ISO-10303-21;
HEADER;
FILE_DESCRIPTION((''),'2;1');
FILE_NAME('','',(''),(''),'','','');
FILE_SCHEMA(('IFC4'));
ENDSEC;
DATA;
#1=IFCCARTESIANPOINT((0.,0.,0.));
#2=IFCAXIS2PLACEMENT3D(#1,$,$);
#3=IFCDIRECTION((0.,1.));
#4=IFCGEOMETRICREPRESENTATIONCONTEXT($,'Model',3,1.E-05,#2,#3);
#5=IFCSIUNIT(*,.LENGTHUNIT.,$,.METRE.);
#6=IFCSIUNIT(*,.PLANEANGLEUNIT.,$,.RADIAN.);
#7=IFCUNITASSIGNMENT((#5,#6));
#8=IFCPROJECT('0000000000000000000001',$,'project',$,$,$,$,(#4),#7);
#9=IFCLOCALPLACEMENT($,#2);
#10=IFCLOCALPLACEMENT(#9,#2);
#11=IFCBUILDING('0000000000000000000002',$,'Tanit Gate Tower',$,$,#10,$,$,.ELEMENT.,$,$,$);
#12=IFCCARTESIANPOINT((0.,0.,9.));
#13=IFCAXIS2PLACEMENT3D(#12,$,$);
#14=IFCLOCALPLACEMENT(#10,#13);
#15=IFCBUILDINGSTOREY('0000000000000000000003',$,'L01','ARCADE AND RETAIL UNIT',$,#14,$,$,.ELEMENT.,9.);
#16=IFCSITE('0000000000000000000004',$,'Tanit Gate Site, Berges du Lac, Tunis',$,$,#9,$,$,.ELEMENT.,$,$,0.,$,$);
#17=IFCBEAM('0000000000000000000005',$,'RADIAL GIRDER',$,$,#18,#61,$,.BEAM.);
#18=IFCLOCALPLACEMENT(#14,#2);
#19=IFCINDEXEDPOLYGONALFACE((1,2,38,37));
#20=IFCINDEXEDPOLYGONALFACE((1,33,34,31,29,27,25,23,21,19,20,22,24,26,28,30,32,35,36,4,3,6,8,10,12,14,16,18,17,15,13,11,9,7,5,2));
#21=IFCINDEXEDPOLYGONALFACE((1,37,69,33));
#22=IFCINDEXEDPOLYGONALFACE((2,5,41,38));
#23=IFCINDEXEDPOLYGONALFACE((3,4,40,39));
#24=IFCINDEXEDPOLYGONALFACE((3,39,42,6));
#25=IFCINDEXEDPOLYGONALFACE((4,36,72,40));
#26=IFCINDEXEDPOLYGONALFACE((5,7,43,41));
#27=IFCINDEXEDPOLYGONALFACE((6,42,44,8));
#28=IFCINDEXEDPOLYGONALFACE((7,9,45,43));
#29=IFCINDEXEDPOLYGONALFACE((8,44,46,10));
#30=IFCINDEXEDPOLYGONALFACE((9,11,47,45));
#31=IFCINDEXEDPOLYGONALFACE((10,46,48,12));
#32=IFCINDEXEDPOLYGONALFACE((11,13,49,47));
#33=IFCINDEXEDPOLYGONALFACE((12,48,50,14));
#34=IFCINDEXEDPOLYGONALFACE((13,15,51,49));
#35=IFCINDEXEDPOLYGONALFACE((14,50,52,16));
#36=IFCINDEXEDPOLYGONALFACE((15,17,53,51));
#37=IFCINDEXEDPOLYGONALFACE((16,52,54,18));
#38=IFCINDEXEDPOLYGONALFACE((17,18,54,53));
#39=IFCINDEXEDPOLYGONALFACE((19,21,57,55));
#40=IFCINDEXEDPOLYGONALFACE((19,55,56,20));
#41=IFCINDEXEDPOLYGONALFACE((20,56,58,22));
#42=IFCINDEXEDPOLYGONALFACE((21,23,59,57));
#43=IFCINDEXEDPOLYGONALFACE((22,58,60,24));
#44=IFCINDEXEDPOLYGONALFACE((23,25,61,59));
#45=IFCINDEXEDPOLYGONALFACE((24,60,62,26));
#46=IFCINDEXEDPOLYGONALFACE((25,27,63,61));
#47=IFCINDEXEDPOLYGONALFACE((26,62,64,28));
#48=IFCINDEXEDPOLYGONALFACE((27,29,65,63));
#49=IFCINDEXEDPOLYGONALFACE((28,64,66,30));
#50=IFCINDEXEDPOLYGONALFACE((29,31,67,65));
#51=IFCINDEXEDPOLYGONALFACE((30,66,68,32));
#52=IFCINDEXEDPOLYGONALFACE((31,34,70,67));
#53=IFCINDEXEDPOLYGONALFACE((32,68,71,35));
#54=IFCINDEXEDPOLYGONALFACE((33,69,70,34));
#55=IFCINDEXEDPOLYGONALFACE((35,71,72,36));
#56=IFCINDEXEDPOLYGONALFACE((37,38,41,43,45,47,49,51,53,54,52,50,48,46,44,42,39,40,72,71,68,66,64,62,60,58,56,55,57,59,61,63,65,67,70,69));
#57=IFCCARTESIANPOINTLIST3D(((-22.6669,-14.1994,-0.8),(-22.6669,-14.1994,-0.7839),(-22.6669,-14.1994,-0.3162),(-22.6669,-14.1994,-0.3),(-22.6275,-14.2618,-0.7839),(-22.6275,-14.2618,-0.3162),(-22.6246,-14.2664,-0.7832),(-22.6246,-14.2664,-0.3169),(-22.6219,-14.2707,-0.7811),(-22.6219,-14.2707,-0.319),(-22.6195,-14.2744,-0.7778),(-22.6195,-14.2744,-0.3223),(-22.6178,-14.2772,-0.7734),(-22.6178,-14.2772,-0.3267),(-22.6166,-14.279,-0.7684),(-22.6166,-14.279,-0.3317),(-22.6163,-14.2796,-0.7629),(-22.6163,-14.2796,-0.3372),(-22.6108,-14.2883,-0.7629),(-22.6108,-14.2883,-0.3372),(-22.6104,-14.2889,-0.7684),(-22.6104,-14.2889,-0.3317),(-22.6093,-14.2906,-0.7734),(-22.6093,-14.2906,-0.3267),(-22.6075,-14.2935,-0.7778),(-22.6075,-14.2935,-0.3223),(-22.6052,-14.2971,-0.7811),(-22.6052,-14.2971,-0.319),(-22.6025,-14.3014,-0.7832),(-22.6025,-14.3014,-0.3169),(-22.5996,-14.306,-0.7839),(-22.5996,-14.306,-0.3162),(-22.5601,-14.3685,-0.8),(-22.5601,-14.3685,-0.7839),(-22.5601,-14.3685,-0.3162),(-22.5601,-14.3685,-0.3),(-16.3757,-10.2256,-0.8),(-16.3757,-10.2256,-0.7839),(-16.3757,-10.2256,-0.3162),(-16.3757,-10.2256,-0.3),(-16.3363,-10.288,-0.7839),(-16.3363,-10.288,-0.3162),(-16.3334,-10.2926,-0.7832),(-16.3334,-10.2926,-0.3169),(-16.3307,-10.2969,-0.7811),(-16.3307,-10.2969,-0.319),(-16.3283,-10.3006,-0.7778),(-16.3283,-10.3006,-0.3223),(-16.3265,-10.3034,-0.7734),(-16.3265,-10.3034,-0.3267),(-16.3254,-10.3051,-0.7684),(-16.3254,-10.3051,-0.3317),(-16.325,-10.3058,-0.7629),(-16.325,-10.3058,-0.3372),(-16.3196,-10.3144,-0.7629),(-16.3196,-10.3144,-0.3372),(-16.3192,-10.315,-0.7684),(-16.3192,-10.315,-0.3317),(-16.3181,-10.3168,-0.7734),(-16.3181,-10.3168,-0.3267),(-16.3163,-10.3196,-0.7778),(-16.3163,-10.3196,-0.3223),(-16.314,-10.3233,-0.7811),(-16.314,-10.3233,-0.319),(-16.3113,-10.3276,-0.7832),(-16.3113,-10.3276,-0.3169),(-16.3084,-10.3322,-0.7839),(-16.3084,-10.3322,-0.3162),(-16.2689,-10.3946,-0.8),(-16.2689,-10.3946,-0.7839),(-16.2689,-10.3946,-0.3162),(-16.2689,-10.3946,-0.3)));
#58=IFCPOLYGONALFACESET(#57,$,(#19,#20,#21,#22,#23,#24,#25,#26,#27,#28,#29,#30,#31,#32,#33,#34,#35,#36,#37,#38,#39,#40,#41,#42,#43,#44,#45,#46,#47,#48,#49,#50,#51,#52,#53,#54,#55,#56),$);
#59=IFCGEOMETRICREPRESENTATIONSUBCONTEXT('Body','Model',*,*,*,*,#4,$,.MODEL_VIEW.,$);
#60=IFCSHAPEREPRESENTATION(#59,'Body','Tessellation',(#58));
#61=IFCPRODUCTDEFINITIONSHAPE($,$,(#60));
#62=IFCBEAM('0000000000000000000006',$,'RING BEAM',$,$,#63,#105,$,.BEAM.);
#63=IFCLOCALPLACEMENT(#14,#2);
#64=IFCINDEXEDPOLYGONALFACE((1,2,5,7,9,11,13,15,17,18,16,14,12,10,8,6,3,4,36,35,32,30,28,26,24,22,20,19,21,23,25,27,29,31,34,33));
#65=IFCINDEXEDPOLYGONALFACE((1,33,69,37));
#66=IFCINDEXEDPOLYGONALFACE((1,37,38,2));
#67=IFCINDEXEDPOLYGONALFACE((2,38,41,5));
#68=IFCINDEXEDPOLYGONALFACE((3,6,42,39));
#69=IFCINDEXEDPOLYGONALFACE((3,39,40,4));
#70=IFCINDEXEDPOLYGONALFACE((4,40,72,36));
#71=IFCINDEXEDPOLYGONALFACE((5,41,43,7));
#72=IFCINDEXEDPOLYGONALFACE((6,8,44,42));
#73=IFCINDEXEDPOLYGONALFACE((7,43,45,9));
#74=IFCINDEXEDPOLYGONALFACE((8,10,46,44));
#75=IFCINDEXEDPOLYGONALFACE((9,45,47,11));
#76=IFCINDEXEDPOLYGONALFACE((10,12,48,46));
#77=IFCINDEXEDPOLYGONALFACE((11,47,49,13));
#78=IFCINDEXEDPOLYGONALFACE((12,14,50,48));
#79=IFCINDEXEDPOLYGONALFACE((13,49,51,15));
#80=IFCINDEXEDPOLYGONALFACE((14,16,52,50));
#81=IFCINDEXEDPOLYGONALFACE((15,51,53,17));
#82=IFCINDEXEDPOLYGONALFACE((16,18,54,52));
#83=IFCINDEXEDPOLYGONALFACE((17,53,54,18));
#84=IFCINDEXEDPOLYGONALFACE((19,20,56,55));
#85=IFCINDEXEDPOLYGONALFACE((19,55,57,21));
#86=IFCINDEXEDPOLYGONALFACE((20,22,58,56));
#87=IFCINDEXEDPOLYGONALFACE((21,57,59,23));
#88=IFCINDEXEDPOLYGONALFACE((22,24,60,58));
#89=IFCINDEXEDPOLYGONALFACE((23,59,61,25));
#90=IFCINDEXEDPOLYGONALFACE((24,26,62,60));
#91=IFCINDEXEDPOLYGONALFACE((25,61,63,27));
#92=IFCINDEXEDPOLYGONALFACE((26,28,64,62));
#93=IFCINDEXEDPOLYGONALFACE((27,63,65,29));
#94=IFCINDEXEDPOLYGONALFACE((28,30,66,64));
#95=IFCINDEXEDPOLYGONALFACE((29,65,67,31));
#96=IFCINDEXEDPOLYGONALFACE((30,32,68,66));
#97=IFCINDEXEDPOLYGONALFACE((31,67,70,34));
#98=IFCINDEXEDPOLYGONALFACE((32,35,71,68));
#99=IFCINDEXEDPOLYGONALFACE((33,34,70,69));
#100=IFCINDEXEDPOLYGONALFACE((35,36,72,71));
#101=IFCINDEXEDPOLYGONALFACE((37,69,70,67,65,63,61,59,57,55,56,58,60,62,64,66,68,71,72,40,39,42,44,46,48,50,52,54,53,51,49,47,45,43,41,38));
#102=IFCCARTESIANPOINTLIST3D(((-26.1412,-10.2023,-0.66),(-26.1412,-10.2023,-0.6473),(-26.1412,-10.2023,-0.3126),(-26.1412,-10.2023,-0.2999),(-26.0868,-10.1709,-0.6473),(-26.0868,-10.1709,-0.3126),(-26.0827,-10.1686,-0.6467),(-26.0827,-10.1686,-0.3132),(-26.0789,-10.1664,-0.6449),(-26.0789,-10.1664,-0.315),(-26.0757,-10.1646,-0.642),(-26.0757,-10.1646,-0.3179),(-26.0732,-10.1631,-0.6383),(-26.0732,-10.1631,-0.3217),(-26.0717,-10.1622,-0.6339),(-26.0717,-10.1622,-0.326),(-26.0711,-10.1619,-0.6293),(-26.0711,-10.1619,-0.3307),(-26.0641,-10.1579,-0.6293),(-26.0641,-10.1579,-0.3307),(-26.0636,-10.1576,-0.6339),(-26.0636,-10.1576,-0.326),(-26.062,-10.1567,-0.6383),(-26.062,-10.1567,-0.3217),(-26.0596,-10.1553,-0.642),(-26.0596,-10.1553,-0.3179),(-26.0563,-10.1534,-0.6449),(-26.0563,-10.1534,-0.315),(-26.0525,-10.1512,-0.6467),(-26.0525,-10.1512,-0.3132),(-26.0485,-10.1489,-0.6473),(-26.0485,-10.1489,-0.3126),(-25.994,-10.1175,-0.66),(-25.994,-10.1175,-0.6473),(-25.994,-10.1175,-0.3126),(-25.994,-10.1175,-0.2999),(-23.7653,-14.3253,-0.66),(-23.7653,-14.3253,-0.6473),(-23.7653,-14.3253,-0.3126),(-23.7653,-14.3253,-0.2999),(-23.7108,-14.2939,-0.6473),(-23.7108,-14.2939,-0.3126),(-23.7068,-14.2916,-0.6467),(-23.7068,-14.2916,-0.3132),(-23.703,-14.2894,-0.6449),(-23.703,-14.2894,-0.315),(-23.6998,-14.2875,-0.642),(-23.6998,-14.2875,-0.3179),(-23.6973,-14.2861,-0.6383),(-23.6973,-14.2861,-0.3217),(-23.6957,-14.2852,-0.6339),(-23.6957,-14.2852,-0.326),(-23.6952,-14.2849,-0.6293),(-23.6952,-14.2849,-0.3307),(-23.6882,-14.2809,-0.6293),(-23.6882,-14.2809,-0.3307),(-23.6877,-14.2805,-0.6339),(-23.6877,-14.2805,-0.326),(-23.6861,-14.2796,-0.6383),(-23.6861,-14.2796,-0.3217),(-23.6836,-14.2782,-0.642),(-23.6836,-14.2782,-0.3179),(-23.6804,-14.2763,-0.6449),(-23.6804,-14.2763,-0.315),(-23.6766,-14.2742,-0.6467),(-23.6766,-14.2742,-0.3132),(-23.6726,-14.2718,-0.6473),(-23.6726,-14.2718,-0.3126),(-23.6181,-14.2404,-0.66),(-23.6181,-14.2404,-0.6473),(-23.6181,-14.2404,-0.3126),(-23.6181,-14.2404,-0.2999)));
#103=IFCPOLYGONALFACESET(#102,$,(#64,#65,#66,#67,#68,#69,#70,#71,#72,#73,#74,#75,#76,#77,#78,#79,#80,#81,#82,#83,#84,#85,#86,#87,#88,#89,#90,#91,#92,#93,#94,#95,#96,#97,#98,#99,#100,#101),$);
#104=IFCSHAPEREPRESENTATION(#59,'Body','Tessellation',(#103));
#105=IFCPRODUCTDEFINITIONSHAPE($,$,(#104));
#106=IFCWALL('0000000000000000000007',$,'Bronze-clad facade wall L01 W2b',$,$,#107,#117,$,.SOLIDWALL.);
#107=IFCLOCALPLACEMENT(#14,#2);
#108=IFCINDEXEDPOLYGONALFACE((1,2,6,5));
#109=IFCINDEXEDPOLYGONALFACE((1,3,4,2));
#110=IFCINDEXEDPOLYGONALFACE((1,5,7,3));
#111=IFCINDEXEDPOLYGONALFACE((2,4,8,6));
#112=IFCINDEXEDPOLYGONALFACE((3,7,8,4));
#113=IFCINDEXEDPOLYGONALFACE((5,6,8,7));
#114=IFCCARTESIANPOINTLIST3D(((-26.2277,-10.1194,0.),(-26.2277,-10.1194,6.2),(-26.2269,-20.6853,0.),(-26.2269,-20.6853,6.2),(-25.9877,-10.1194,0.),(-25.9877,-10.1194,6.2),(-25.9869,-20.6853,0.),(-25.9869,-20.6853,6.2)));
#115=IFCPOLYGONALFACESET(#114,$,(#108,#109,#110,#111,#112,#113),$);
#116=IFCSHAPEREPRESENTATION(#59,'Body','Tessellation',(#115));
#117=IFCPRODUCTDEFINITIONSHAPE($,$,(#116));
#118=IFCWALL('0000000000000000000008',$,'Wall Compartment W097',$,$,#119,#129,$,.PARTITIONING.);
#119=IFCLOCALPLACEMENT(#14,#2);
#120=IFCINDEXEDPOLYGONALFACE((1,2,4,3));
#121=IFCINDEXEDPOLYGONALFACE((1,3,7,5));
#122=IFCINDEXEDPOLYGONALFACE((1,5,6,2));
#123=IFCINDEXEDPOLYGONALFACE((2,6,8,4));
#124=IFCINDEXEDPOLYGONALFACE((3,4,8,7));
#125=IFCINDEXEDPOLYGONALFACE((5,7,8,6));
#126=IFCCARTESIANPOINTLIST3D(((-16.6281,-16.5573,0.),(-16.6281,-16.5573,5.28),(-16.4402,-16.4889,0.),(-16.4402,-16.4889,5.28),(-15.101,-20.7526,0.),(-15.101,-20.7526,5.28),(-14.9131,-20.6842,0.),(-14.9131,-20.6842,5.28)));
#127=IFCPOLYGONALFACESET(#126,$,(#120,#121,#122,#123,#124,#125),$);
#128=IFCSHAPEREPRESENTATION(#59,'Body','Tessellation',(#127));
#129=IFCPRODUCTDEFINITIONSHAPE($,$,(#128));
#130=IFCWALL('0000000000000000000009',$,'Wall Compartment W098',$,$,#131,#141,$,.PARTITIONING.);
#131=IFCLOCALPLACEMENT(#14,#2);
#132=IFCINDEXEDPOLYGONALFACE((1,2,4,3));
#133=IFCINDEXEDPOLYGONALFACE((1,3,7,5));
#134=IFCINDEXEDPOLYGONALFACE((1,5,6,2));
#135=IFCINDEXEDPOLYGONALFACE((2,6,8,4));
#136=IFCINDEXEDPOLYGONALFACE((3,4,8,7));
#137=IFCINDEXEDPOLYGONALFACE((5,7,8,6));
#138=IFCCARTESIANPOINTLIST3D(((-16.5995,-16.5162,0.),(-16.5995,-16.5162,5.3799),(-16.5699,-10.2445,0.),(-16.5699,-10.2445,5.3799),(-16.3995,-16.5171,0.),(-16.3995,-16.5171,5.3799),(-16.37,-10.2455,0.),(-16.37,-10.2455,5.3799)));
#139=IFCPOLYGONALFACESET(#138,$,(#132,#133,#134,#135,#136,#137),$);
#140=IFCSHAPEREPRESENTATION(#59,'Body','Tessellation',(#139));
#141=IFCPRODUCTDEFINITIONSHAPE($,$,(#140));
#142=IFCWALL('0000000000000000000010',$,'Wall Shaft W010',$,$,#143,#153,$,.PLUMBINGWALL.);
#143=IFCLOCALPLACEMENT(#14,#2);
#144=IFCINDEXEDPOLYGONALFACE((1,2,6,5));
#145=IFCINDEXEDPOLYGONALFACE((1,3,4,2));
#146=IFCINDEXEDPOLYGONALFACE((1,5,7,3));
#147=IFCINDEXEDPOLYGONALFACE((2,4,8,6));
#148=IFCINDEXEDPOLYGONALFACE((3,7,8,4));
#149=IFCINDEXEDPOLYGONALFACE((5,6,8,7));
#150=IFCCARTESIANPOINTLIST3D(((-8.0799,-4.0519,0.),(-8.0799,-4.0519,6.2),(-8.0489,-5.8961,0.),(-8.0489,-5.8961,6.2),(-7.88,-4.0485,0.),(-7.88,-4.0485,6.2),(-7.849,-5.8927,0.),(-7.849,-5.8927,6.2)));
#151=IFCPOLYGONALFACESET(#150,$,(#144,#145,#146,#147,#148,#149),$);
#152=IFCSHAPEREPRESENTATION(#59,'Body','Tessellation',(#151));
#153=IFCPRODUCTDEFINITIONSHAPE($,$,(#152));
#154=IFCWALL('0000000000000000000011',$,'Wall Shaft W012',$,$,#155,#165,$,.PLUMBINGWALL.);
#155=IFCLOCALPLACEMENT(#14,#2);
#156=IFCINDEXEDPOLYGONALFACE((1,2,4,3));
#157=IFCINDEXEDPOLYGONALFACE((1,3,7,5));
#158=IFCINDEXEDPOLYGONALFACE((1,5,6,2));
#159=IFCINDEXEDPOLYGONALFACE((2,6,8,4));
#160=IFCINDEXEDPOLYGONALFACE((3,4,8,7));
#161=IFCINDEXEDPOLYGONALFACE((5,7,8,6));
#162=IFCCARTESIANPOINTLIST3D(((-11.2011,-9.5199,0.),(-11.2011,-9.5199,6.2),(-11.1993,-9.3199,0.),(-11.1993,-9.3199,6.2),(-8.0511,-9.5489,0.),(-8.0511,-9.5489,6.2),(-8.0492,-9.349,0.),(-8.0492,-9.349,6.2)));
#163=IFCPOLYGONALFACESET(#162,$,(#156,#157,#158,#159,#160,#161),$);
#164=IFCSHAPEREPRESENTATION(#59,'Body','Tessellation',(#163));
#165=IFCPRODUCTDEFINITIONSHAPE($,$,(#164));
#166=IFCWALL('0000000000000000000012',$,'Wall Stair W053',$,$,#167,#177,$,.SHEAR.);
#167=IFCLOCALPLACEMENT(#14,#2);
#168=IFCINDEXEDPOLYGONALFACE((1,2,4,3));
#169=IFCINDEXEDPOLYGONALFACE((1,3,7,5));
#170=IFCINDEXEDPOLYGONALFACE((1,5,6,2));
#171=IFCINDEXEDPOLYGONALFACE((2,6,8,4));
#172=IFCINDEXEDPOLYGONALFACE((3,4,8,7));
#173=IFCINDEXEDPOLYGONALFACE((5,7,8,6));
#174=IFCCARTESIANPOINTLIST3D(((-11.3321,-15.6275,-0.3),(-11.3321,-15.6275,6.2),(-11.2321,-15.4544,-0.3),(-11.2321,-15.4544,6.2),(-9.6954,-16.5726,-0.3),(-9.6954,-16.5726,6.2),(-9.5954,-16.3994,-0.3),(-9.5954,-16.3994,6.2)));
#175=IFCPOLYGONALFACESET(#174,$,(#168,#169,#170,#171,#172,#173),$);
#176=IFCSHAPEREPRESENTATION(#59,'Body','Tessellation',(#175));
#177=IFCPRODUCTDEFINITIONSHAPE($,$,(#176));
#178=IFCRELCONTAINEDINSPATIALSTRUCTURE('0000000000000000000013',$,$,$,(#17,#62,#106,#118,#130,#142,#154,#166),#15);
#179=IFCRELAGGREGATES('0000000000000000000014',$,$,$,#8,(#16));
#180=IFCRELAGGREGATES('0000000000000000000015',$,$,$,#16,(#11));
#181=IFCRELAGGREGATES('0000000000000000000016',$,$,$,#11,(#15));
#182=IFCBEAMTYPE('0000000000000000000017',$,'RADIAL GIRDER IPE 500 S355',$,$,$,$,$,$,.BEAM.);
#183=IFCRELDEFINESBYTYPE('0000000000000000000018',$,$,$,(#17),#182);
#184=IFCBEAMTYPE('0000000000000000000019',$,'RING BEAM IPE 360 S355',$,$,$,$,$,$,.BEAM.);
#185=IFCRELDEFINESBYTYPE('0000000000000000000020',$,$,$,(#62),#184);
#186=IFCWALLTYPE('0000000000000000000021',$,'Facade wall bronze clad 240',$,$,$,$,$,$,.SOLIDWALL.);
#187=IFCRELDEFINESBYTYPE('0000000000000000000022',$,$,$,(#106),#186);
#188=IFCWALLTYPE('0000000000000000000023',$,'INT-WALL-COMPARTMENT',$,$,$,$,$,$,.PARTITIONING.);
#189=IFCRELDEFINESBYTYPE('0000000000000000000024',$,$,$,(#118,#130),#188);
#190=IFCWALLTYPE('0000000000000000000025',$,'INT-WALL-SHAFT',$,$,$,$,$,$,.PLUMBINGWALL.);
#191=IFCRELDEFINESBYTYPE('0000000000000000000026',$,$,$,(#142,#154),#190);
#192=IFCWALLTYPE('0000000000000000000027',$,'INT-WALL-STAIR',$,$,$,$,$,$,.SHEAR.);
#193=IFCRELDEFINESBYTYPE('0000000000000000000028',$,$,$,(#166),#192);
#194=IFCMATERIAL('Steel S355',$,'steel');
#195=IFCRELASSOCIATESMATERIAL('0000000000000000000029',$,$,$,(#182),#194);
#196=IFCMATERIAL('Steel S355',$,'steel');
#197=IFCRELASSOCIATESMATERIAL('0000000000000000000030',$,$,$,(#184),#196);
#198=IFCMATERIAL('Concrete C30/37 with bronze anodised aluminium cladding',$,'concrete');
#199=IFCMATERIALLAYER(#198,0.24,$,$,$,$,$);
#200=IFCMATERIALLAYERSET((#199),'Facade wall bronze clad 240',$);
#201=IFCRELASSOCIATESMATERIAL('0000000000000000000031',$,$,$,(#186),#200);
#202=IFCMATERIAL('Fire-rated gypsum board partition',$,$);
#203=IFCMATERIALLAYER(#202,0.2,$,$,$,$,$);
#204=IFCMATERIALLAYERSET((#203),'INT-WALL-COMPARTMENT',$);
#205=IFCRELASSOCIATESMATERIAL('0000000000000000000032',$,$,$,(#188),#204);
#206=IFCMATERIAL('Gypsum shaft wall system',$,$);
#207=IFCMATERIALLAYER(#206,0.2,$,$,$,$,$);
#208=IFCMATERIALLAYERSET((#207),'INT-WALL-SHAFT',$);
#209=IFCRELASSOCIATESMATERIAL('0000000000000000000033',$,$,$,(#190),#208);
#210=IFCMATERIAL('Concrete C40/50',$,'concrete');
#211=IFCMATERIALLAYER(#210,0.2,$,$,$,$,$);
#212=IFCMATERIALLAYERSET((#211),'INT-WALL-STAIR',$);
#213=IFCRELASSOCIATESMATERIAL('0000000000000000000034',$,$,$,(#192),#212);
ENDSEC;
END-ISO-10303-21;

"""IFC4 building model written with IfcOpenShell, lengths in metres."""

from ifc_helpers import new_model, si_unit, direction, frame, frame_2d, origin, origin_2d, place, context, subcontext, project, spatial, rectangle, i_section, extrude, material, layer, layer_set, material_profile, profile_set, type_object, element, save


model = new_model("IFC4")

# Units and contexts
model_context = context("Model", 3, precision=1e-05, world=origin(), true_north=direction((0.0, 1.0)))
body_context = subcontext(model_context, "Body", "Model", "MODEL_VIEW")
ifc_project = project(units=[si_unit("LENGTHUNIT", "METRE"), si_unit("PLANEANGLEUNIT", "RADIAN")], contexts=[model_context])

# Site, building, storey
site_placement = place(None, origin())
site = spatial("IfcSite", under=ifc_project, at=site_placement, Name="Tanit Gate Site, Berges du Lac, Tunis", CompositionType="ELEMENT", RefElevation=0.0)
building_placement = place(site_placement, origin())
building = spatial("IfcBuilding", under=site, at=building_placement, Name="Tanit Gate Tower", CompositionType="ELEMENT")
storey_placement = place(building_placement, frame((0.0, 0.0, 9.0)))
storey = spatial("IfcBuildingStorey", under=building, at=storey_placement, Name="L01", Description="ARCADE AND RETAIL UNIT", CompositionType="ELEMENT", Elevation=9.0)

# Beams
ifc_material_1 = material(Name="Steel S355", Category="steel")
ifc_material_profile_1 = material_profile(ifc_material_1, i_section(OverallWidth=0.2, OverallDepth=0.5, WebThickness=0.0103, FlangeThickness=0.0161, FilletRadius=0.021, at=origin_2d()), Name="IPE 500")
ifc_profile_set_1 = profile_set([ifc_material_profile_1], Name="Steel S355")
beam_type_1 = type_object("IfcBeamType", Name="RADIAL GIRDER IPE 500 S355", PredefinedType="BEAM", material=ifc_profile_set_1)
beam_1_placement = place(storey_placement, frame((-22.6135, -14.2839, -0.55), z_axis=(0.845462, 0.534036, 0.0), x_axis=(-0.534036, 0.845462, 0.0)))
element("IfcBeam", 1, at=beam_1_placement, inside=storey, type_object=beam_type_1, Name="RADIAL GIRDER", PredefinedType="BEAM", context=body_context, shape_type="SweptSolid", body=[
    extrude(i_section(OverallWidth=0.2, OverallDepth=0.5, WebThickness=0.0103, FlangeThickness=0.0161, FilletRadius=0.021, at=origin_2d()), origin(), (0.0, 0.0, 1.0), 7.4412),
])
ifc_material_2 = material(Name="Steel S355", Category="steel")
ifc_material_profile_2 = material_profile(ifc_material_2, i_section(OverallWidth=0.1699, OverallDepth=0.3601, WebThickness=0.0081, FlangeThickness=0.0127, FilletRadius=0.0181, at=origin_2d()), Name="IPE 360")
ifc_profile_set_2 = profile_set([ifc_material_profile_2], Name="Steel S355")
beam_type_2 = type_object("IfcBeamType", Name="RING BEAM IPE 360 S355", PredefinedType="BEAM", material=ifc_profile_set_2)
beam_2_placement = place(storey_placement, frame((-26.0676, -10.1599, -0.48), z_axis=(0.499296, -0.866431, 0.0), x_axis=(0.866431, 0.499296, 0.0)))
element("IfcBeam", 2, at=beam_2_placement, inside=storey, type_object=beam_type_2, Name="RING BEAM", PredefinedType="BEAM", context=body_context, shape_type="SweptSolid", body=[
    extrude(i_section(OverallWidth=0.1699, OverallDepth=0.3601, WebThickness=0.0081, FlangeThickness=0.0127, FilletRadius=0.0181, at=origin_2d()), origin(), (0.0, 0.0, 1.0), 4.7585),
])

# Walls
ifc_material_3 = material(Name="Concrete C30/37 with bronze anodised aluminium cladding", Category="concrete")
ifc_layer_1 = layer(ifc_material_3, 0.24)
ifc_layer_set_1 = layer_set([ifc_layer_1], Name="Facade wall bronze clad 240")
wall_type_1 = type_object("IfcWallType", Name="Facade wall bronze clad 240", PredefinedType="SOLIDWALL", material=ifc_layer_set_1)
wall_1_placement = place(storey_placement, frame((-26.1077, -10.1194, 0.0), z_axis=(0.0, 0.0, 1.0), x_axis=(0.000069, -1.0, 0.0)))
element("IfcWall", 3, at=wall_1_placement, inside=storey, type_object=wall_type_1, Name="Bronze-clad facade wall L01 W2b", PredefinedType="SOLIDWALL", context=body_context, shape_type="SweptSolid", body=[
    extrude(rectangle(XDim=10.5659, YDim=0.24, at=frame_2d((5.283, 0.0))), origin(), (0.0, 0.0, 1.0), 6.2),
])
ifc_material_4 = material(Name="Fire-rated gypsum board partition")
ifc_layer_2 = layer(ifc_material_4, 0.2)
ifc_layer_set_2 = layer_set([ifc_layer_2], Name="INT-WALL-COMPARTMENT")
wall_type_2 = type_object("IfcWallType", Name="INT-WALL-COMPARTMENT", PredefinedType="PARTITIONING", material=ifc_layer_set_2)
wall_2_placement = place(storey_placement, frame((-16.5342, -16.5229, 0.0), z_axis=(0.0, 0.0, 1.0), x_axis=(0.342046, -0.939683, 0.0)))
element("IfcWall", 4, at=wall_2_placement, inside=storey, type_object=wall_type_2, Name="Wall Compartment W097", PredefinedType="PARTITIONING", context=body_context, shape_type="SweptSolid", body=[
    extrude(rectangle(XDim=4.4646, YDim=0.2, at=frame_2d((2.2324, 0.0))), origin(), (0.0, 0.0, 1.0), 5.28),
])
wall_3_placement = place(storey_placement, frame((-16.47, -10.2451, 0.0), z_axis=(0.0, 0.0, 1.0), x_axis=(-0.00471, -0.999989, 0.0)))
element("IfcWall", 5, at=wall_3_placement, inside=storey, type_object=wall_type_2, Name="Wall Compartment W098", PredefinedType="PARTITIONING", context=body_context, shape_type="SweptSolid", body=[
    extrude(rectangle(XDim=6.2717, YDim=0.2, at=frame_2d((3.1357, 0.0))), origin(), (0.0, 0.0, 1.0), 5.3799),
])
ifc_material_5 = material(Name="Gypsum shaft wall system")
ifc_layer_3 = layer(ifc_material_5, 0.2)
ifc_layer_set_3 = layer_set([ifc_layer_3], Name="INT-WALL-SHAFT")
wall_type_3 = type_object("IfcWallType", Name="INT-WALL-SHAFT", PredefinedType="PLUMBINGWALL", material=ifc_layer_set_3)
wall_4_placement = place(storey_placement, frame((-7.98, -4.05, 0.0), z_axis=(0.0, 0.0, 1.0), x_axis=(0.01681, -0.999859, 0.0)))
element("IfcWall", 6, at=wall_4_placement, inside=storey, type_object=wall_type_3, Name="Wall Shaft W010", PredefinedType="PLUMBINGWALL", context=body_context, shape_type="SweptSolid", body=[
    extrude(rectangle(XDim=1.8445, YDim=0.2, at=frame_2d((0.9224, 0.0))), origin(), (0.0, 0.0, 1.0), 6.2),
])
wall_5_placement = place(storey_placement, frame((-8.05, -9.449, 0.0), z_axis=(0.0, 0.0, 1.0), x_axis=(-0.999957, 0.009223, 0.0)))
element("IfcWall", 7, at=wall_5_placement, inside=storey, type_object=wall_type_3, Name="Wall Shaft W012", PredefinedType="PLUMBINGWALL", context=body_context, shape_type="SweptSolid", body=[
    extrude(rectangle(XDim=3.1501, YDim=0.2, at=frame_2d((1.5752, 0.0))), origin(), (0.0, 0.0, 1.0), 6.2),
])
ifc_material_6 = material(Name="Concrete C40/50", Category="concrete")
ifc_layer_4 = layer(ifc_material_6, 0.2)
ifc_layer_set_4 = layer_set([ifc_layer_4], Name="INT-WALL-STAIR")
wall_type_4 = type_object("IfcWallType", Name="INT-WALL-STAIR", PredefinedType="SHEAR", material=ifc_layer_set_4)
wall_6_placement = place(storey_placement, frame((-11.282, -15.541, -0.3), z_axis=(0.0, 0.0, 1.0), x_axis=(0.866001, -0.500043, 0.0)))
element("IfcWall", 8, at=wall_6_placement, inside=storey, type_object=wall_type_4, Name="Wall Stair W053", PredefinedType="SHEAR", context=body_context, shape_type="SweptSolid", body=[
    extrude(rectangle(XDim=1.8899, YDim=0.2, at=frame_2d((0.9448, 0.0))), origin(), (0.0, 0.0, 1.0), 6.5),
])

save(model, "model.ifc")
